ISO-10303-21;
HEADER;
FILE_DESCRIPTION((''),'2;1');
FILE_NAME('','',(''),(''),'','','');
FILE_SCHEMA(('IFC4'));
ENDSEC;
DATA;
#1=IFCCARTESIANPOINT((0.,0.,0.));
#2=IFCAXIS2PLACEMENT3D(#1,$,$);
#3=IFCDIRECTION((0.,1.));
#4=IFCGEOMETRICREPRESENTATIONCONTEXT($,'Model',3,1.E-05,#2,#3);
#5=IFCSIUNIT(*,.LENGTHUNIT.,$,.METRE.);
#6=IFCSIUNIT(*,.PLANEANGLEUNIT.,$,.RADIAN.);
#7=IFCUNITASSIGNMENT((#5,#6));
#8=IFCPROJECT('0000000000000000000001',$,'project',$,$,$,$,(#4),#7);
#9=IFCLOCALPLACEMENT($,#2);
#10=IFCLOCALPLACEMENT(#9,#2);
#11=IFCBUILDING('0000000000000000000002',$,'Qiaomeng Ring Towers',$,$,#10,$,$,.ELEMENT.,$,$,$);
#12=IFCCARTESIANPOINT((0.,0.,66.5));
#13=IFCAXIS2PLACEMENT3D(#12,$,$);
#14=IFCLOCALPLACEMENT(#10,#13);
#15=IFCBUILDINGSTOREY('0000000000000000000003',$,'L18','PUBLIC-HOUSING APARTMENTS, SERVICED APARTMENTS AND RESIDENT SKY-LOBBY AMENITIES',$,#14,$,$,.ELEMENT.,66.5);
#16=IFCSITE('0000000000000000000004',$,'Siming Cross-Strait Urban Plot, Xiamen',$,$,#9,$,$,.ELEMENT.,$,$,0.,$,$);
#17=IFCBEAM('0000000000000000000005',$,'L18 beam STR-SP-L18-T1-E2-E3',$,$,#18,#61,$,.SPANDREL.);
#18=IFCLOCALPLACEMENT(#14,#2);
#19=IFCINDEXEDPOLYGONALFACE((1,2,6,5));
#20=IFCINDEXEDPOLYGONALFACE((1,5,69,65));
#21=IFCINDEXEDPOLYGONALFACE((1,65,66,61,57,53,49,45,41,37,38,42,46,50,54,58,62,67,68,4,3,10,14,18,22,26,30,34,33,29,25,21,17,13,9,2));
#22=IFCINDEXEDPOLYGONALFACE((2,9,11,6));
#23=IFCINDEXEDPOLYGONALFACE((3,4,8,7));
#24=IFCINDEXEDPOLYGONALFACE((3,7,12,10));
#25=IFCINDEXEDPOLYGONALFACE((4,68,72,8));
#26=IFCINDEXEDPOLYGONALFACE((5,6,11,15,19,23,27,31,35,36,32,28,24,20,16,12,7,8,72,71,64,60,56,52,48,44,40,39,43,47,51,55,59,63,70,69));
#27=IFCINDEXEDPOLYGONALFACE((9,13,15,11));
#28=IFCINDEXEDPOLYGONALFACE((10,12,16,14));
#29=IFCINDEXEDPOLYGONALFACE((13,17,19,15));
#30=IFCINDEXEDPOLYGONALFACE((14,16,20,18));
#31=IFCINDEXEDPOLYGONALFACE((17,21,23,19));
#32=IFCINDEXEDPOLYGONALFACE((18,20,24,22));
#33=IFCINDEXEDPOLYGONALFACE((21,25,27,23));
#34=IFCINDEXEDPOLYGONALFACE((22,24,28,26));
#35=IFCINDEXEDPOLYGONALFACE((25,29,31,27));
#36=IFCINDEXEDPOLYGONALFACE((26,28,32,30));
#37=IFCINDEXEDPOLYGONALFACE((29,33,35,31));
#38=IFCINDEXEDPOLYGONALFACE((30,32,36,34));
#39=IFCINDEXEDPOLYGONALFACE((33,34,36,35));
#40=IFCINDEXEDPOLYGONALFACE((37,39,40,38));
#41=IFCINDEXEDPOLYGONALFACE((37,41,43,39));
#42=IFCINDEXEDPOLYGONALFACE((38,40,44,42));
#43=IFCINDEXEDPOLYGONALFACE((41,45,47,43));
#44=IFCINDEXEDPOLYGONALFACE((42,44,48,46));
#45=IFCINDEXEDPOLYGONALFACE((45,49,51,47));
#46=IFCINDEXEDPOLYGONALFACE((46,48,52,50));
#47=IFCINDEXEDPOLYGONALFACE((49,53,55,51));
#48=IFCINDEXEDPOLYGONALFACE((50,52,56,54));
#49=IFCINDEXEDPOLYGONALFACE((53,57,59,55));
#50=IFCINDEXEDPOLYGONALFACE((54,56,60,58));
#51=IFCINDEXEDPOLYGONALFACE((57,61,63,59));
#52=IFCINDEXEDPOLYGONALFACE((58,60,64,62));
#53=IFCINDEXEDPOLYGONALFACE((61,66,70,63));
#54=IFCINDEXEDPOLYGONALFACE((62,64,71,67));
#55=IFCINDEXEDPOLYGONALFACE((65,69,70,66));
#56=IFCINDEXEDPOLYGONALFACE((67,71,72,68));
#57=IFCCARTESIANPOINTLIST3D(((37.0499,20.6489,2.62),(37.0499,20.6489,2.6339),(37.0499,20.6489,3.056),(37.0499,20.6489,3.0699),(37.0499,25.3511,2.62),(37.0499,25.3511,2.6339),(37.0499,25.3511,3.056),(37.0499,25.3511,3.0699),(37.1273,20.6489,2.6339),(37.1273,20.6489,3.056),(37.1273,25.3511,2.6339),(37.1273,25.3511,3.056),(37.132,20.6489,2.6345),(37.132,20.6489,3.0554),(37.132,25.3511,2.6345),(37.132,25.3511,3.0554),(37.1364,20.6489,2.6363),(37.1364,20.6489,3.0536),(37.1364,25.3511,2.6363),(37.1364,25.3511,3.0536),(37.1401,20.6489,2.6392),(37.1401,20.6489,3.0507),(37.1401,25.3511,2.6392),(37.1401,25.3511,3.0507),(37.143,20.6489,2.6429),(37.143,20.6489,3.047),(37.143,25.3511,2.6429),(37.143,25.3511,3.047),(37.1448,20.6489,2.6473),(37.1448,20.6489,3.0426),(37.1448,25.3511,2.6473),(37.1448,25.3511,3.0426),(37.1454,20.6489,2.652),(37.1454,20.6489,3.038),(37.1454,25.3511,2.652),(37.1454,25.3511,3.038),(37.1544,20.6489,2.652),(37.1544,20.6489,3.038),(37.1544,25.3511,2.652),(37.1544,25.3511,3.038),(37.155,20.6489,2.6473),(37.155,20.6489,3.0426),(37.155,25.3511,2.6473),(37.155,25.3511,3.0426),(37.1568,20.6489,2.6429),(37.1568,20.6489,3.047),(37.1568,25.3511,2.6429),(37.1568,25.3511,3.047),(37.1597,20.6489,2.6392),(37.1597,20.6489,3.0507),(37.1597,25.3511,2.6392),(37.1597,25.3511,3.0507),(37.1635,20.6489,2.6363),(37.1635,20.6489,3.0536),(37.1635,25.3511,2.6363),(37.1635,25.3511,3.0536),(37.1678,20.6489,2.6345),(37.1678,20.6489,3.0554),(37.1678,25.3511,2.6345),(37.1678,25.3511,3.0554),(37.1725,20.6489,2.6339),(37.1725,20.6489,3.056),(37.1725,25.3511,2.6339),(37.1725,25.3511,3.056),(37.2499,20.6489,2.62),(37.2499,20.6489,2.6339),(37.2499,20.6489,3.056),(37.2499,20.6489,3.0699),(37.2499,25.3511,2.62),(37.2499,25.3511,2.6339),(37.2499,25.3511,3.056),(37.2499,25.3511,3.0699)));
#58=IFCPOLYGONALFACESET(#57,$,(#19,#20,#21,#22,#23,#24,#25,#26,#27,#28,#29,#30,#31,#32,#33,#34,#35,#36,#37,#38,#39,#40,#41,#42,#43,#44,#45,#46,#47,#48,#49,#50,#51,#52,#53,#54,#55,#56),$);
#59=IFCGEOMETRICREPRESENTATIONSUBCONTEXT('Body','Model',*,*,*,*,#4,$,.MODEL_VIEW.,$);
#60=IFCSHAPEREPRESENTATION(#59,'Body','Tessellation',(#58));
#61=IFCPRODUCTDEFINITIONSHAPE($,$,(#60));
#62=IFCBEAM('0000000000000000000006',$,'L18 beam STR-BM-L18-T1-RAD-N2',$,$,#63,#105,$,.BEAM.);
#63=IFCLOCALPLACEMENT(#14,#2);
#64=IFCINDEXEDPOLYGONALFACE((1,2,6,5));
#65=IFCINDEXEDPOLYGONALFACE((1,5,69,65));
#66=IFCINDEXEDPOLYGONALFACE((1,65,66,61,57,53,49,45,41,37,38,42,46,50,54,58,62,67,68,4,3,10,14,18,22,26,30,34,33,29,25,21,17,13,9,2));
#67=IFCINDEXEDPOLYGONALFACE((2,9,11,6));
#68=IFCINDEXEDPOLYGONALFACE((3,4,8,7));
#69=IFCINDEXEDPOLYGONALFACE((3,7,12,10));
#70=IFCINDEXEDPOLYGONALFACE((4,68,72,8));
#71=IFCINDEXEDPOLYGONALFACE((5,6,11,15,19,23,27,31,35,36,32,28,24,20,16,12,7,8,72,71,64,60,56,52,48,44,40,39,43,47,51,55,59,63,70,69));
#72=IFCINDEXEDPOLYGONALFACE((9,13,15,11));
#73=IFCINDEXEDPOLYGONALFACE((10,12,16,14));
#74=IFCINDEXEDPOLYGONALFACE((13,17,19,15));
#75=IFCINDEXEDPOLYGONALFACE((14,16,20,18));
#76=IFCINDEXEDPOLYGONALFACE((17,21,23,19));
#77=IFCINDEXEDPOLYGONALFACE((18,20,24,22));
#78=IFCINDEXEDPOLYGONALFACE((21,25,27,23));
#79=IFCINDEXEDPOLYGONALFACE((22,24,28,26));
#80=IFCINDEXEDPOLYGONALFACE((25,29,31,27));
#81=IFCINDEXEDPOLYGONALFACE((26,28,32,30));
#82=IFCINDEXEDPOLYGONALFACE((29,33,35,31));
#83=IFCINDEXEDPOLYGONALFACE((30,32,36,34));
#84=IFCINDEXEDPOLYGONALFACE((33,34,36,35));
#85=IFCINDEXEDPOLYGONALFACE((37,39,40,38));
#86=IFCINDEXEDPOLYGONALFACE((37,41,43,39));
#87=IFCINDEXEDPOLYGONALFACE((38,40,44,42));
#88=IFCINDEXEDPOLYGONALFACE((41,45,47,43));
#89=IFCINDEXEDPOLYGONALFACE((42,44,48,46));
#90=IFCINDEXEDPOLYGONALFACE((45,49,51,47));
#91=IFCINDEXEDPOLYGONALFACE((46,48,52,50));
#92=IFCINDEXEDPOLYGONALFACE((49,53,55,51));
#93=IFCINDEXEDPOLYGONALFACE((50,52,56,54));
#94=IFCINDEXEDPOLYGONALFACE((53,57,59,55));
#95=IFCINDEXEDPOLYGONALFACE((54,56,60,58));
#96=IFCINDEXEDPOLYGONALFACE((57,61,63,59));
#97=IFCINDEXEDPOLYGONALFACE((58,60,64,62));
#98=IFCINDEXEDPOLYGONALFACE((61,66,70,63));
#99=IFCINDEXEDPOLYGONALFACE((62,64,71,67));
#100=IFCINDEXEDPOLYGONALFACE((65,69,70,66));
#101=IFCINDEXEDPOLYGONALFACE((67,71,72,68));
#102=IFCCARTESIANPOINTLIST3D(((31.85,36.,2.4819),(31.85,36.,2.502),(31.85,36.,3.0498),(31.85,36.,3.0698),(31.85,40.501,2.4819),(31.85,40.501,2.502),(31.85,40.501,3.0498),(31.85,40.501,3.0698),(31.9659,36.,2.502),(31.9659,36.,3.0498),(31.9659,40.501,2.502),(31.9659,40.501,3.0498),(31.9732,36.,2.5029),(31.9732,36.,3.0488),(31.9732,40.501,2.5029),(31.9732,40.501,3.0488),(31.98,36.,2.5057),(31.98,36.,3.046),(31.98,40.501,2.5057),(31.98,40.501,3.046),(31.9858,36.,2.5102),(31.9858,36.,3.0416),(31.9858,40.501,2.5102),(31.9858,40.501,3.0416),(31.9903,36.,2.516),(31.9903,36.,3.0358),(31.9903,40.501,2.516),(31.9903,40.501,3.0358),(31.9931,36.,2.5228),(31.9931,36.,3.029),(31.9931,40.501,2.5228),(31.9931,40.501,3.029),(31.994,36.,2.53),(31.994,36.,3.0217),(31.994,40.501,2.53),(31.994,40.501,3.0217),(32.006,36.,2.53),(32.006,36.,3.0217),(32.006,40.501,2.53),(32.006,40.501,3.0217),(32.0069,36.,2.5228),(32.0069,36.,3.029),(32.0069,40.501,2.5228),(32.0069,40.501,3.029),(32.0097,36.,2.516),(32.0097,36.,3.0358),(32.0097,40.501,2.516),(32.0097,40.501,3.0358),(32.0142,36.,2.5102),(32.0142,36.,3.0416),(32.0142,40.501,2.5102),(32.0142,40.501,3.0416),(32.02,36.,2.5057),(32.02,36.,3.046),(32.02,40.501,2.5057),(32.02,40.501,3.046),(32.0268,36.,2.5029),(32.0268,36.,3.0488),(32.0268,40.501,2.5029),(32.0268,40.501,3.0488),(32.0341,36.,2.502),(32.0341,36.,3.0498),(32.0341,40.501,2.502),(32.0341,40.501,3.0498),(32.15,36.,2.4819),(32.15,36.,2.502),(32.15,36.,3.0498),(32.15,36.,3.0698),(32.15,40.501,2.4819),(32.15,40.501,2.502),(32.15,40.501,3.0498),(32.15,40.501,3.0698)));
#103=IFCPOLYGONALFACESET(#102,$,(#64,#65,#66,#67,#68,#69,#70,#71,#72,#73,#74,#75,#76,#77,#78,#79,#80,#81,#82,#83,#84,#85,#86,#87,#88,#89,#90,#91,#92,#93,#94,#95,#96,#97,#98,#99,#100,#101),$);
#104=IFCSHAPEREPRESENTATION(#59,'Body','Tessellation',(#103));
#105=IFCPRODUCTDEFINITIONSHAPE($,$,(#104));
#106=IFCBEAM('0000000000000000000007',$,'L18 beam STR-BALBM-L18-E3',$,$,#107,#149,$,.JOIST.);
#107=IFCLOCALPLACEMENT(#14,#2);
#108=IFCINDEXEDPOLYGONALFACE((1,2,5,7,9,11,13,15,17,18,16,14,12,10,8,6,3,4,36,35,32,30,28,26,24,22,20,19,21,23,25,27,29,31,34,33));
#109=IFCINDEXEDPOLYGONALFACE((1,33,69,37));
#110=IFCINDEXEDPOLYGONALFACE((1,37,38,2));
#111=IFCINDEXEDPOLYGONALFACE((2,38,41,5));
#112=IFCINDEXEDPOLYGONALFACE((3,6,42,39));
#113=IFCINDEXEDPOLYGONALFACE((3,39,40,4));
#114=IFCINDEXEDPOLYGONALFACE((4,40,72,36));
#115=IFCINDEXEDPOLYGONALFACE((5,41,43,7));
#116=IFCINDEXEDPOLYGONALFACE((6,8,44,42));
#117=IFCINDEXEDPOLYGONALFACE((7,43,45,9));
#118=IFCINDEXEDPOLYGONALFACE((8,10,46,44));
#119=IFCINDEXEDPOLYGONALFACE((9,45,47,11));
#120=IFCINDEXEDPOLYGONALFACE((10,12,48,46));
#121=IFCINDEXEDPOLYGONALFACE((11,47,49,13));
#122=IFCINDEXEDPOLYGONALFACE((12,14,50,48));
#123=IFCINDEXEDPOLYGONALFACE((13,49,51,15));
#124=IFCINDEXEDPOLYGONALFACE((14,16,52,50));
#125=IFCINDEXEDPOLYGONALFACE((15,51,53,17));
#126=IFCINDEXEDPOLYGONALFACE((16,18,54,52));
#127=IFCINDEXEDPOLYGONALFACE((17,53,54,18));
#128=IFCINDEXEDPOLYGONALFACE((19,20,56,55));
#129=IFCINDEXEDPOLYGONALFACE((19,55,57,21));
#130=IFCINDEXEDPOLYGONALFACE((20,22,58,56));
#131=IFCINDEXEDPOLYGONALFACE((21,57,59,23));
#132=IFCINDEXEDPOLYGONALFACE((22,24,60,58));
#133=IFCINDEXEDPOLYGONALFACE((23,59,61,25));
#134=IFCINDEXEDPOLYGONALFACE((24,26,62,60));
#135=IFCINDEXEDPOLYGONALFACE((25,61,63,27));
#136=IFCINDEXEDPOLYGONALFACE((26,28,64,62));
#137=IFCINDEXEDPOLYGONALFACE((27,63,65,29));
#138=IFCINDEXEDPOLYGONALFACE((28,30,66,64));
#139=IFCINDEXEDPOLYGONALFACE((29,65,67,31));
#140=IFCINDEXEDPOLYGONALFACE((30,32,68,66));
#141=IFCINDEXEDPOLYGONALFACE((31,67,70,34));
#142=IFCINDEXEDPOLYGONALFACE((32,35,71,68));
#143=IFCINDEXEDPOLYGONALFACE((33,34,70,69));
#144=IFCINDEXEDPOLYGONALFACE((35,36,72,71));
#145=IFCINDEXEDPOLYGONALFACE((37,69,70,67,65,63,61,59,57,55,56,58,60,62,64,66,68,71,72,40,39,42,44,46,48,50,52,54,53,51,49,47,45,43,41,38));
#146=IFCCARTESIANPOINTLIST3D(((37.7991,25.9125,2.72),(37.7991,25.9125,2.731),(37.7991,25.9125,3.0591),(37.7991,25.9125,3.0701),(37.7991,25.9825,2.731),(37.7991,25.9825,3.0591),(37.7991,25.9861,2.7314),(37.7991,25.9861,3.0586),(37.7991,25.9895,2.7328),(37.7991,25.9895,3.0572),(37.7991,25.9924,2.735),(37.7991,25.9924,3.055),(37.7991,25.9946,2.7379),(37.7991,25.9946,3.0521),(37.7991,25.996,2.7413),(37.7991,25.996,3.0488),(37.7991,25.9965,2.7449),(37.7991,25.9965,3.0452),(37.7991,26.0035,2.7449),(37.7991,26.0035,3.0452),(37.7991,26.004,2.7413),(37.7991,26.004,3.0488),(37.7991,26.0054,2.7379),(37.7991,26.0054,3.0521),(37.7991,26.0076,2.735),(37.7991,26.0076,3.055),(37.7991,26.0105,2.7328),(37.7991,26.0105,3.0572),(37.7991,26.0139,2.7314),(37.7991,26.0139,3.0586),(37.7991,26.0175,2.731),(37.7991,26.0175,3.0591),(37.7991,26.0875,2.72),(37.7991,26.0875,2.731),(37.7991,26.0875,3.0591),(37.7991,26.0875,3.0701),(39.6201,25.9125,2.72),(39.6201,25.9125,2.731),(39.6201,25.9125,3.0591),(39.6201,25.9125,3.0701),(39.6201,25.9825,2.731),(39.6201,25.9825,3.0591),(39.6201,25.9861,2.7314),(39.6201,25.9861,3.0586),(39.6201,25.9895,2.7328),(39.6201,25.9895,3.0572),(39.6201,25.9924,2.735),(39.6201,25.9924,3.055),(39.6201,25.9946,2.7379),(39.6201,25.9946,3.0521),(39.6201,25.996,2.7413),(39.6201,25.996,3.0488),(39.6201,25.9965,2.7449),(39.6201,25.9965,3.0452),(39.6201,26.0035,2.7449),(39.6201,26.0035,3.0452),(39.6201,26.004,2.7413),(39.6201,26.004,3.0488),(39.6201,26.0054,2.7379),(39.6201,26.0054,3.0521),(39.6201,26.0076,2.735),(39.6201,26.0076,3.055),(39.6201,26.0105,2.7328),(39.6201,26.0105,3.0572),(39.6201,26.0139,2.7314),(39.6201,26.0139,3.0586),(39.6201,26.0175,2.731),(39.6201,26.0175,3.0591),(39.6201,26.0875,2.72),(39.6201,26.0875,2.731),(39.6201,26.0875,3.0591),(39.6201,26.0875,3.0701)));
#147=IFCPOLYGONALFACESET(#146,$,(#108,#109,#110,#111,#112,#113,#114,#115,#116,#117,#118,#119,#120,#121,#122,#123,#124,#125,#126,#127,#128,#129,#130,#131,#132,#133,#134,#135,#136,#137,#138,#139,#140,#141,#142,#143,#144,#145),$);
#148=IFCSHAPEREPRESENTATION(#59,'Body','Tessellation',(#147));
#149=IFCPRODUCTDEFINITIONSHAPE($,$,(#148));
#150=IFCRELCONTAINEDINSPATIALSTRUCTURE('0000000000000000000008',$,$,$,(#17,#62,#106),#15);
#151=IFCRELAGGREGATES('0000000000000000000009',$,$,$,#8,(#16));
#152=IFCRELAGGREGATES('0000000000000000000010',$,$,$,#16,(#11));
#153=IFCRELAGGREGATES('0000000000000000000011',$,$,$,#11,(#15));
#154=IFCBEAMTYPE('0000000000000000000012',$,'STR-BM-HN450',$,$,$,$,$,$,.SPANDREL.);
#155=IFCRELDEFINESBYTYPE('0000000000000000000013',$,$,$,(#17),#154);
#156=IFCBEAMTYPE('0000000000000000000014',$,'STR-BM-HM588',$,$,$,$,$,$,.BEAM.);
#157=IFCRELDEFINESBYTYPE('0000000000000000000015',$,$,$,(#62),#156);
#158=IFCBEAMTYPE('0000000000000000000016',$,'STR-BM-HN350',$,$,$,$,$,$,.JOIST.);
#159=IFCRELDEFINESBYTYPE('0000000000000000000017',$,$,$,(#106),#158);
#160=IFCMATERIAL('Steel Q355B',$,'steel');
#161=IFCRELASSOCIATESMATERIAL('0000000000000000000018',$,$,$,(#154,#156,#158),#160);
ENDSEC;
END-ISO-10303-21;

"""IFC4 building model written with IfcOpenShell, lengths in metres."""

from ifc_helpers import new_model, si_unit, direction, frame, origin, origin_2d, place, context, subcontext, project, spatial, i_section, extrude, source, transform, mapped, material, material_profile, profile_set, type_object, element, save


model = new_model("IFC4")

# Units and contexts
model_context = context("Model", 3, precision=1e-05, world=origin(), true_north=direction((0.0, 1.0)))
body_context = subcontext(model_context, "Body", "Model", "MODEL_VIEW")
ifc_project = project(units=[si_unit("LENGTHUNIT", "METRE"), si_unit("PLANEANGLEUNIT", "RADIAN")], contexts=[model_context])

# Site, building, storey
site_placement = place(None, origin())
site = spatial("IfcSite", under=ifc_project, at=site_placement, Name="Siming Cross-Strait Urban Plot, Xiamen", CompositionType="ELEMENT", RefElevation=0.0)
building_placement = place(site_placement, origin())
building = spatial("IfcBuilding", under=site, at=building_placement, Name="Qiaomeng Ring Towers", CompositionType="ELEMENT")
storey_placement = place(building_placement, frame((0.0, 0.0, 66.5)))
storey = spatial("IfcBuildingStorey", under=building, at=storey_placement, Name="L18", Description="PUBLIC-HOUSING APARTMENTS, SERVICED APARTMENTS AND RESIDENT SKY-LOBBY AMENITIES", CompositionType="ELEMENT", Elevation=66.5)

# Beams
ifc_material_1 = material(Name="Steel Q355B", Category="steel")
ifc_material_profile_1 = material_profile(ifc_material_1, i_section(OverallWidth=0.2, OverallDepth=0.45, WebThickness=0.009, FlangeThickness=0.0139, FilletRadius=0.0181, at=origin_2d()), Name="HN 450x200x9x14")
ifc_profile_set_1 = profile_set([ifc_material_profile_1], Name="Steel Q355B")
beam_type_1 = type_object("IfcBeamType", Name="STR-BM-HN450", PredefinedType="SPANDREL", material=ifc_profile_set_1)
shared_shape_1 = source(origin(), body_context, "Body", "SweptSolid", [
    extrude(i_section(OverallWidth=0.2, OverallDepth=0.45, WebThickness=0.009, FlangeThickness=0.0139, FilletRadius=0.0181, at=origin_2d()), origin(), (0.0, 0.0, 1.0), 4.7021),
])
beam_1_placement = place(storey_placement, frame((37.1499, 20.6489, 2.845), z_axis=(0.0, 1.0, 0.0), x_axis=(-1.0, 0.0, 0.0)))
element("IfcBeam", 1, at=beam_1_placement, inside=storey, type_object=beam_type_1, Name="L18 beam STR-SP-L18-T1-E2-E3", PredefinedType="SPANDREL", context=body_context, shape_type="MappedRepresentation", body=[
    mapped(shared_shape_1, transform((0.0, 0.0, 0.0), x_axis=(1.0, 0.0, 0.0), y_axis=(0.0, 1.0, 0.0), z_axis=(0.0, 0.0, 1.0), scale=1.0)),
])
ifc_material_profile_2 = material_profile(ifc_material_1, i_section(OverallWidth=0.3, OverallDepth=0.5879, WebThickness=0.012, FlangeThickness=0.02, FilletRadius=0.0281, at=origin_2d()), Name="HM 588x300x12x20")
ifc_profile_set_2 = profile_set([ifc_material_profile_2], Name="Steel Q355B")
beam_type_2 = type_object("IfcBeamType", Name="STR-BM-HM588", PredefinedType="BEAM", material=ifc_profile_set_2)
shared_shape_2 = source(origin(), body_context, "Body", "SweptSolid", [
    extrude(i_section(OverallWidth=0.3, OverallDepth=0.5879, WebThickness=0.012, FlangeThickness=0.02, FilletRadius=0.0281, at=origin_2d()), origin(), (0.0, 0.0, 1.0), 4.501),
])
beam_2_placement = place(storey_placement, frame((32.0, 40.501, 2.7759), z_axis=(0.0, -1.0, 0.0), x_axis=(1.0, 0.0, 0.0)))
element("IfcBeam", 2, at=beam_2_placement, inside=storey, type_object=beam_type_2, Name="L18 beam STR-BM-L18-T1-RAD-N2", PredefinedType="BEAM", context=body_context, shape_type="MappedRepresentation", body=[
    mapped(shared_shape_2, transform((0.0, 0.0, 0.0), x_axis=(1.0, 0.0, 0.0), y_axis=(0.0, 1.0, 0.0), z_axis=(0.0, 0.0, 1.0), scale=1.0)),
])
ifc_material_profile_3 = material_profile(ifc_material_1, i_section(OverallWidth=0.175, OverallDepth=0.3501, WebThickness=0.0071, FlangeThickness=0.011, FilletRadius=0.0139, at=origin_2d()), Name="HN 350x175x7x11")
ifc_profile_set_3 = profile_set([ifc_material_profile_3], Name="Steel Q355B")
beam_type_3 = type_object("IfcBeamType", Name="STR-BM-HN350", PredefinedType="JOIST", material=ifc_profile_set_3)
shared_shape_3 = source(origin(), body_context, "Body", "SweptSolid", [
    extrude(i_section(OverallWidth=0.175, OverallDepth=0.3501, WebThickness=0.0071, FlangeThickness=0.011, FilletRadius=0.0139, at=origin_2d()), origin(), (0.0, 0.0, 1.0), 1.821),
])
beam_3_placement = place(storey_placement, frame((37.7991, 26.0, 2.895), z_axis=(1.0, 0.0, 0.0), x_axis=(0.0, 1.0, 0.0)))
element("IfcBeam", 3, at=beam_3_placement, inside=storey, type_object=beam_type_3, Name="L18 beam STR-BALBM-L18-E3", PredefinedType="JOIST", context=body_context, shape_type="MappedRepresentation", body=[
    mapped(shared_shape_3, transform((0.0, 0.0, 0.0), x_axis=(1.0, 0.0, 0.0), y_axis=(0.0, 1.0, 0.0), z_axis=(0.0, 0.0, 1.0), scale=1.0)),
])

save(model, "model.ifc")
